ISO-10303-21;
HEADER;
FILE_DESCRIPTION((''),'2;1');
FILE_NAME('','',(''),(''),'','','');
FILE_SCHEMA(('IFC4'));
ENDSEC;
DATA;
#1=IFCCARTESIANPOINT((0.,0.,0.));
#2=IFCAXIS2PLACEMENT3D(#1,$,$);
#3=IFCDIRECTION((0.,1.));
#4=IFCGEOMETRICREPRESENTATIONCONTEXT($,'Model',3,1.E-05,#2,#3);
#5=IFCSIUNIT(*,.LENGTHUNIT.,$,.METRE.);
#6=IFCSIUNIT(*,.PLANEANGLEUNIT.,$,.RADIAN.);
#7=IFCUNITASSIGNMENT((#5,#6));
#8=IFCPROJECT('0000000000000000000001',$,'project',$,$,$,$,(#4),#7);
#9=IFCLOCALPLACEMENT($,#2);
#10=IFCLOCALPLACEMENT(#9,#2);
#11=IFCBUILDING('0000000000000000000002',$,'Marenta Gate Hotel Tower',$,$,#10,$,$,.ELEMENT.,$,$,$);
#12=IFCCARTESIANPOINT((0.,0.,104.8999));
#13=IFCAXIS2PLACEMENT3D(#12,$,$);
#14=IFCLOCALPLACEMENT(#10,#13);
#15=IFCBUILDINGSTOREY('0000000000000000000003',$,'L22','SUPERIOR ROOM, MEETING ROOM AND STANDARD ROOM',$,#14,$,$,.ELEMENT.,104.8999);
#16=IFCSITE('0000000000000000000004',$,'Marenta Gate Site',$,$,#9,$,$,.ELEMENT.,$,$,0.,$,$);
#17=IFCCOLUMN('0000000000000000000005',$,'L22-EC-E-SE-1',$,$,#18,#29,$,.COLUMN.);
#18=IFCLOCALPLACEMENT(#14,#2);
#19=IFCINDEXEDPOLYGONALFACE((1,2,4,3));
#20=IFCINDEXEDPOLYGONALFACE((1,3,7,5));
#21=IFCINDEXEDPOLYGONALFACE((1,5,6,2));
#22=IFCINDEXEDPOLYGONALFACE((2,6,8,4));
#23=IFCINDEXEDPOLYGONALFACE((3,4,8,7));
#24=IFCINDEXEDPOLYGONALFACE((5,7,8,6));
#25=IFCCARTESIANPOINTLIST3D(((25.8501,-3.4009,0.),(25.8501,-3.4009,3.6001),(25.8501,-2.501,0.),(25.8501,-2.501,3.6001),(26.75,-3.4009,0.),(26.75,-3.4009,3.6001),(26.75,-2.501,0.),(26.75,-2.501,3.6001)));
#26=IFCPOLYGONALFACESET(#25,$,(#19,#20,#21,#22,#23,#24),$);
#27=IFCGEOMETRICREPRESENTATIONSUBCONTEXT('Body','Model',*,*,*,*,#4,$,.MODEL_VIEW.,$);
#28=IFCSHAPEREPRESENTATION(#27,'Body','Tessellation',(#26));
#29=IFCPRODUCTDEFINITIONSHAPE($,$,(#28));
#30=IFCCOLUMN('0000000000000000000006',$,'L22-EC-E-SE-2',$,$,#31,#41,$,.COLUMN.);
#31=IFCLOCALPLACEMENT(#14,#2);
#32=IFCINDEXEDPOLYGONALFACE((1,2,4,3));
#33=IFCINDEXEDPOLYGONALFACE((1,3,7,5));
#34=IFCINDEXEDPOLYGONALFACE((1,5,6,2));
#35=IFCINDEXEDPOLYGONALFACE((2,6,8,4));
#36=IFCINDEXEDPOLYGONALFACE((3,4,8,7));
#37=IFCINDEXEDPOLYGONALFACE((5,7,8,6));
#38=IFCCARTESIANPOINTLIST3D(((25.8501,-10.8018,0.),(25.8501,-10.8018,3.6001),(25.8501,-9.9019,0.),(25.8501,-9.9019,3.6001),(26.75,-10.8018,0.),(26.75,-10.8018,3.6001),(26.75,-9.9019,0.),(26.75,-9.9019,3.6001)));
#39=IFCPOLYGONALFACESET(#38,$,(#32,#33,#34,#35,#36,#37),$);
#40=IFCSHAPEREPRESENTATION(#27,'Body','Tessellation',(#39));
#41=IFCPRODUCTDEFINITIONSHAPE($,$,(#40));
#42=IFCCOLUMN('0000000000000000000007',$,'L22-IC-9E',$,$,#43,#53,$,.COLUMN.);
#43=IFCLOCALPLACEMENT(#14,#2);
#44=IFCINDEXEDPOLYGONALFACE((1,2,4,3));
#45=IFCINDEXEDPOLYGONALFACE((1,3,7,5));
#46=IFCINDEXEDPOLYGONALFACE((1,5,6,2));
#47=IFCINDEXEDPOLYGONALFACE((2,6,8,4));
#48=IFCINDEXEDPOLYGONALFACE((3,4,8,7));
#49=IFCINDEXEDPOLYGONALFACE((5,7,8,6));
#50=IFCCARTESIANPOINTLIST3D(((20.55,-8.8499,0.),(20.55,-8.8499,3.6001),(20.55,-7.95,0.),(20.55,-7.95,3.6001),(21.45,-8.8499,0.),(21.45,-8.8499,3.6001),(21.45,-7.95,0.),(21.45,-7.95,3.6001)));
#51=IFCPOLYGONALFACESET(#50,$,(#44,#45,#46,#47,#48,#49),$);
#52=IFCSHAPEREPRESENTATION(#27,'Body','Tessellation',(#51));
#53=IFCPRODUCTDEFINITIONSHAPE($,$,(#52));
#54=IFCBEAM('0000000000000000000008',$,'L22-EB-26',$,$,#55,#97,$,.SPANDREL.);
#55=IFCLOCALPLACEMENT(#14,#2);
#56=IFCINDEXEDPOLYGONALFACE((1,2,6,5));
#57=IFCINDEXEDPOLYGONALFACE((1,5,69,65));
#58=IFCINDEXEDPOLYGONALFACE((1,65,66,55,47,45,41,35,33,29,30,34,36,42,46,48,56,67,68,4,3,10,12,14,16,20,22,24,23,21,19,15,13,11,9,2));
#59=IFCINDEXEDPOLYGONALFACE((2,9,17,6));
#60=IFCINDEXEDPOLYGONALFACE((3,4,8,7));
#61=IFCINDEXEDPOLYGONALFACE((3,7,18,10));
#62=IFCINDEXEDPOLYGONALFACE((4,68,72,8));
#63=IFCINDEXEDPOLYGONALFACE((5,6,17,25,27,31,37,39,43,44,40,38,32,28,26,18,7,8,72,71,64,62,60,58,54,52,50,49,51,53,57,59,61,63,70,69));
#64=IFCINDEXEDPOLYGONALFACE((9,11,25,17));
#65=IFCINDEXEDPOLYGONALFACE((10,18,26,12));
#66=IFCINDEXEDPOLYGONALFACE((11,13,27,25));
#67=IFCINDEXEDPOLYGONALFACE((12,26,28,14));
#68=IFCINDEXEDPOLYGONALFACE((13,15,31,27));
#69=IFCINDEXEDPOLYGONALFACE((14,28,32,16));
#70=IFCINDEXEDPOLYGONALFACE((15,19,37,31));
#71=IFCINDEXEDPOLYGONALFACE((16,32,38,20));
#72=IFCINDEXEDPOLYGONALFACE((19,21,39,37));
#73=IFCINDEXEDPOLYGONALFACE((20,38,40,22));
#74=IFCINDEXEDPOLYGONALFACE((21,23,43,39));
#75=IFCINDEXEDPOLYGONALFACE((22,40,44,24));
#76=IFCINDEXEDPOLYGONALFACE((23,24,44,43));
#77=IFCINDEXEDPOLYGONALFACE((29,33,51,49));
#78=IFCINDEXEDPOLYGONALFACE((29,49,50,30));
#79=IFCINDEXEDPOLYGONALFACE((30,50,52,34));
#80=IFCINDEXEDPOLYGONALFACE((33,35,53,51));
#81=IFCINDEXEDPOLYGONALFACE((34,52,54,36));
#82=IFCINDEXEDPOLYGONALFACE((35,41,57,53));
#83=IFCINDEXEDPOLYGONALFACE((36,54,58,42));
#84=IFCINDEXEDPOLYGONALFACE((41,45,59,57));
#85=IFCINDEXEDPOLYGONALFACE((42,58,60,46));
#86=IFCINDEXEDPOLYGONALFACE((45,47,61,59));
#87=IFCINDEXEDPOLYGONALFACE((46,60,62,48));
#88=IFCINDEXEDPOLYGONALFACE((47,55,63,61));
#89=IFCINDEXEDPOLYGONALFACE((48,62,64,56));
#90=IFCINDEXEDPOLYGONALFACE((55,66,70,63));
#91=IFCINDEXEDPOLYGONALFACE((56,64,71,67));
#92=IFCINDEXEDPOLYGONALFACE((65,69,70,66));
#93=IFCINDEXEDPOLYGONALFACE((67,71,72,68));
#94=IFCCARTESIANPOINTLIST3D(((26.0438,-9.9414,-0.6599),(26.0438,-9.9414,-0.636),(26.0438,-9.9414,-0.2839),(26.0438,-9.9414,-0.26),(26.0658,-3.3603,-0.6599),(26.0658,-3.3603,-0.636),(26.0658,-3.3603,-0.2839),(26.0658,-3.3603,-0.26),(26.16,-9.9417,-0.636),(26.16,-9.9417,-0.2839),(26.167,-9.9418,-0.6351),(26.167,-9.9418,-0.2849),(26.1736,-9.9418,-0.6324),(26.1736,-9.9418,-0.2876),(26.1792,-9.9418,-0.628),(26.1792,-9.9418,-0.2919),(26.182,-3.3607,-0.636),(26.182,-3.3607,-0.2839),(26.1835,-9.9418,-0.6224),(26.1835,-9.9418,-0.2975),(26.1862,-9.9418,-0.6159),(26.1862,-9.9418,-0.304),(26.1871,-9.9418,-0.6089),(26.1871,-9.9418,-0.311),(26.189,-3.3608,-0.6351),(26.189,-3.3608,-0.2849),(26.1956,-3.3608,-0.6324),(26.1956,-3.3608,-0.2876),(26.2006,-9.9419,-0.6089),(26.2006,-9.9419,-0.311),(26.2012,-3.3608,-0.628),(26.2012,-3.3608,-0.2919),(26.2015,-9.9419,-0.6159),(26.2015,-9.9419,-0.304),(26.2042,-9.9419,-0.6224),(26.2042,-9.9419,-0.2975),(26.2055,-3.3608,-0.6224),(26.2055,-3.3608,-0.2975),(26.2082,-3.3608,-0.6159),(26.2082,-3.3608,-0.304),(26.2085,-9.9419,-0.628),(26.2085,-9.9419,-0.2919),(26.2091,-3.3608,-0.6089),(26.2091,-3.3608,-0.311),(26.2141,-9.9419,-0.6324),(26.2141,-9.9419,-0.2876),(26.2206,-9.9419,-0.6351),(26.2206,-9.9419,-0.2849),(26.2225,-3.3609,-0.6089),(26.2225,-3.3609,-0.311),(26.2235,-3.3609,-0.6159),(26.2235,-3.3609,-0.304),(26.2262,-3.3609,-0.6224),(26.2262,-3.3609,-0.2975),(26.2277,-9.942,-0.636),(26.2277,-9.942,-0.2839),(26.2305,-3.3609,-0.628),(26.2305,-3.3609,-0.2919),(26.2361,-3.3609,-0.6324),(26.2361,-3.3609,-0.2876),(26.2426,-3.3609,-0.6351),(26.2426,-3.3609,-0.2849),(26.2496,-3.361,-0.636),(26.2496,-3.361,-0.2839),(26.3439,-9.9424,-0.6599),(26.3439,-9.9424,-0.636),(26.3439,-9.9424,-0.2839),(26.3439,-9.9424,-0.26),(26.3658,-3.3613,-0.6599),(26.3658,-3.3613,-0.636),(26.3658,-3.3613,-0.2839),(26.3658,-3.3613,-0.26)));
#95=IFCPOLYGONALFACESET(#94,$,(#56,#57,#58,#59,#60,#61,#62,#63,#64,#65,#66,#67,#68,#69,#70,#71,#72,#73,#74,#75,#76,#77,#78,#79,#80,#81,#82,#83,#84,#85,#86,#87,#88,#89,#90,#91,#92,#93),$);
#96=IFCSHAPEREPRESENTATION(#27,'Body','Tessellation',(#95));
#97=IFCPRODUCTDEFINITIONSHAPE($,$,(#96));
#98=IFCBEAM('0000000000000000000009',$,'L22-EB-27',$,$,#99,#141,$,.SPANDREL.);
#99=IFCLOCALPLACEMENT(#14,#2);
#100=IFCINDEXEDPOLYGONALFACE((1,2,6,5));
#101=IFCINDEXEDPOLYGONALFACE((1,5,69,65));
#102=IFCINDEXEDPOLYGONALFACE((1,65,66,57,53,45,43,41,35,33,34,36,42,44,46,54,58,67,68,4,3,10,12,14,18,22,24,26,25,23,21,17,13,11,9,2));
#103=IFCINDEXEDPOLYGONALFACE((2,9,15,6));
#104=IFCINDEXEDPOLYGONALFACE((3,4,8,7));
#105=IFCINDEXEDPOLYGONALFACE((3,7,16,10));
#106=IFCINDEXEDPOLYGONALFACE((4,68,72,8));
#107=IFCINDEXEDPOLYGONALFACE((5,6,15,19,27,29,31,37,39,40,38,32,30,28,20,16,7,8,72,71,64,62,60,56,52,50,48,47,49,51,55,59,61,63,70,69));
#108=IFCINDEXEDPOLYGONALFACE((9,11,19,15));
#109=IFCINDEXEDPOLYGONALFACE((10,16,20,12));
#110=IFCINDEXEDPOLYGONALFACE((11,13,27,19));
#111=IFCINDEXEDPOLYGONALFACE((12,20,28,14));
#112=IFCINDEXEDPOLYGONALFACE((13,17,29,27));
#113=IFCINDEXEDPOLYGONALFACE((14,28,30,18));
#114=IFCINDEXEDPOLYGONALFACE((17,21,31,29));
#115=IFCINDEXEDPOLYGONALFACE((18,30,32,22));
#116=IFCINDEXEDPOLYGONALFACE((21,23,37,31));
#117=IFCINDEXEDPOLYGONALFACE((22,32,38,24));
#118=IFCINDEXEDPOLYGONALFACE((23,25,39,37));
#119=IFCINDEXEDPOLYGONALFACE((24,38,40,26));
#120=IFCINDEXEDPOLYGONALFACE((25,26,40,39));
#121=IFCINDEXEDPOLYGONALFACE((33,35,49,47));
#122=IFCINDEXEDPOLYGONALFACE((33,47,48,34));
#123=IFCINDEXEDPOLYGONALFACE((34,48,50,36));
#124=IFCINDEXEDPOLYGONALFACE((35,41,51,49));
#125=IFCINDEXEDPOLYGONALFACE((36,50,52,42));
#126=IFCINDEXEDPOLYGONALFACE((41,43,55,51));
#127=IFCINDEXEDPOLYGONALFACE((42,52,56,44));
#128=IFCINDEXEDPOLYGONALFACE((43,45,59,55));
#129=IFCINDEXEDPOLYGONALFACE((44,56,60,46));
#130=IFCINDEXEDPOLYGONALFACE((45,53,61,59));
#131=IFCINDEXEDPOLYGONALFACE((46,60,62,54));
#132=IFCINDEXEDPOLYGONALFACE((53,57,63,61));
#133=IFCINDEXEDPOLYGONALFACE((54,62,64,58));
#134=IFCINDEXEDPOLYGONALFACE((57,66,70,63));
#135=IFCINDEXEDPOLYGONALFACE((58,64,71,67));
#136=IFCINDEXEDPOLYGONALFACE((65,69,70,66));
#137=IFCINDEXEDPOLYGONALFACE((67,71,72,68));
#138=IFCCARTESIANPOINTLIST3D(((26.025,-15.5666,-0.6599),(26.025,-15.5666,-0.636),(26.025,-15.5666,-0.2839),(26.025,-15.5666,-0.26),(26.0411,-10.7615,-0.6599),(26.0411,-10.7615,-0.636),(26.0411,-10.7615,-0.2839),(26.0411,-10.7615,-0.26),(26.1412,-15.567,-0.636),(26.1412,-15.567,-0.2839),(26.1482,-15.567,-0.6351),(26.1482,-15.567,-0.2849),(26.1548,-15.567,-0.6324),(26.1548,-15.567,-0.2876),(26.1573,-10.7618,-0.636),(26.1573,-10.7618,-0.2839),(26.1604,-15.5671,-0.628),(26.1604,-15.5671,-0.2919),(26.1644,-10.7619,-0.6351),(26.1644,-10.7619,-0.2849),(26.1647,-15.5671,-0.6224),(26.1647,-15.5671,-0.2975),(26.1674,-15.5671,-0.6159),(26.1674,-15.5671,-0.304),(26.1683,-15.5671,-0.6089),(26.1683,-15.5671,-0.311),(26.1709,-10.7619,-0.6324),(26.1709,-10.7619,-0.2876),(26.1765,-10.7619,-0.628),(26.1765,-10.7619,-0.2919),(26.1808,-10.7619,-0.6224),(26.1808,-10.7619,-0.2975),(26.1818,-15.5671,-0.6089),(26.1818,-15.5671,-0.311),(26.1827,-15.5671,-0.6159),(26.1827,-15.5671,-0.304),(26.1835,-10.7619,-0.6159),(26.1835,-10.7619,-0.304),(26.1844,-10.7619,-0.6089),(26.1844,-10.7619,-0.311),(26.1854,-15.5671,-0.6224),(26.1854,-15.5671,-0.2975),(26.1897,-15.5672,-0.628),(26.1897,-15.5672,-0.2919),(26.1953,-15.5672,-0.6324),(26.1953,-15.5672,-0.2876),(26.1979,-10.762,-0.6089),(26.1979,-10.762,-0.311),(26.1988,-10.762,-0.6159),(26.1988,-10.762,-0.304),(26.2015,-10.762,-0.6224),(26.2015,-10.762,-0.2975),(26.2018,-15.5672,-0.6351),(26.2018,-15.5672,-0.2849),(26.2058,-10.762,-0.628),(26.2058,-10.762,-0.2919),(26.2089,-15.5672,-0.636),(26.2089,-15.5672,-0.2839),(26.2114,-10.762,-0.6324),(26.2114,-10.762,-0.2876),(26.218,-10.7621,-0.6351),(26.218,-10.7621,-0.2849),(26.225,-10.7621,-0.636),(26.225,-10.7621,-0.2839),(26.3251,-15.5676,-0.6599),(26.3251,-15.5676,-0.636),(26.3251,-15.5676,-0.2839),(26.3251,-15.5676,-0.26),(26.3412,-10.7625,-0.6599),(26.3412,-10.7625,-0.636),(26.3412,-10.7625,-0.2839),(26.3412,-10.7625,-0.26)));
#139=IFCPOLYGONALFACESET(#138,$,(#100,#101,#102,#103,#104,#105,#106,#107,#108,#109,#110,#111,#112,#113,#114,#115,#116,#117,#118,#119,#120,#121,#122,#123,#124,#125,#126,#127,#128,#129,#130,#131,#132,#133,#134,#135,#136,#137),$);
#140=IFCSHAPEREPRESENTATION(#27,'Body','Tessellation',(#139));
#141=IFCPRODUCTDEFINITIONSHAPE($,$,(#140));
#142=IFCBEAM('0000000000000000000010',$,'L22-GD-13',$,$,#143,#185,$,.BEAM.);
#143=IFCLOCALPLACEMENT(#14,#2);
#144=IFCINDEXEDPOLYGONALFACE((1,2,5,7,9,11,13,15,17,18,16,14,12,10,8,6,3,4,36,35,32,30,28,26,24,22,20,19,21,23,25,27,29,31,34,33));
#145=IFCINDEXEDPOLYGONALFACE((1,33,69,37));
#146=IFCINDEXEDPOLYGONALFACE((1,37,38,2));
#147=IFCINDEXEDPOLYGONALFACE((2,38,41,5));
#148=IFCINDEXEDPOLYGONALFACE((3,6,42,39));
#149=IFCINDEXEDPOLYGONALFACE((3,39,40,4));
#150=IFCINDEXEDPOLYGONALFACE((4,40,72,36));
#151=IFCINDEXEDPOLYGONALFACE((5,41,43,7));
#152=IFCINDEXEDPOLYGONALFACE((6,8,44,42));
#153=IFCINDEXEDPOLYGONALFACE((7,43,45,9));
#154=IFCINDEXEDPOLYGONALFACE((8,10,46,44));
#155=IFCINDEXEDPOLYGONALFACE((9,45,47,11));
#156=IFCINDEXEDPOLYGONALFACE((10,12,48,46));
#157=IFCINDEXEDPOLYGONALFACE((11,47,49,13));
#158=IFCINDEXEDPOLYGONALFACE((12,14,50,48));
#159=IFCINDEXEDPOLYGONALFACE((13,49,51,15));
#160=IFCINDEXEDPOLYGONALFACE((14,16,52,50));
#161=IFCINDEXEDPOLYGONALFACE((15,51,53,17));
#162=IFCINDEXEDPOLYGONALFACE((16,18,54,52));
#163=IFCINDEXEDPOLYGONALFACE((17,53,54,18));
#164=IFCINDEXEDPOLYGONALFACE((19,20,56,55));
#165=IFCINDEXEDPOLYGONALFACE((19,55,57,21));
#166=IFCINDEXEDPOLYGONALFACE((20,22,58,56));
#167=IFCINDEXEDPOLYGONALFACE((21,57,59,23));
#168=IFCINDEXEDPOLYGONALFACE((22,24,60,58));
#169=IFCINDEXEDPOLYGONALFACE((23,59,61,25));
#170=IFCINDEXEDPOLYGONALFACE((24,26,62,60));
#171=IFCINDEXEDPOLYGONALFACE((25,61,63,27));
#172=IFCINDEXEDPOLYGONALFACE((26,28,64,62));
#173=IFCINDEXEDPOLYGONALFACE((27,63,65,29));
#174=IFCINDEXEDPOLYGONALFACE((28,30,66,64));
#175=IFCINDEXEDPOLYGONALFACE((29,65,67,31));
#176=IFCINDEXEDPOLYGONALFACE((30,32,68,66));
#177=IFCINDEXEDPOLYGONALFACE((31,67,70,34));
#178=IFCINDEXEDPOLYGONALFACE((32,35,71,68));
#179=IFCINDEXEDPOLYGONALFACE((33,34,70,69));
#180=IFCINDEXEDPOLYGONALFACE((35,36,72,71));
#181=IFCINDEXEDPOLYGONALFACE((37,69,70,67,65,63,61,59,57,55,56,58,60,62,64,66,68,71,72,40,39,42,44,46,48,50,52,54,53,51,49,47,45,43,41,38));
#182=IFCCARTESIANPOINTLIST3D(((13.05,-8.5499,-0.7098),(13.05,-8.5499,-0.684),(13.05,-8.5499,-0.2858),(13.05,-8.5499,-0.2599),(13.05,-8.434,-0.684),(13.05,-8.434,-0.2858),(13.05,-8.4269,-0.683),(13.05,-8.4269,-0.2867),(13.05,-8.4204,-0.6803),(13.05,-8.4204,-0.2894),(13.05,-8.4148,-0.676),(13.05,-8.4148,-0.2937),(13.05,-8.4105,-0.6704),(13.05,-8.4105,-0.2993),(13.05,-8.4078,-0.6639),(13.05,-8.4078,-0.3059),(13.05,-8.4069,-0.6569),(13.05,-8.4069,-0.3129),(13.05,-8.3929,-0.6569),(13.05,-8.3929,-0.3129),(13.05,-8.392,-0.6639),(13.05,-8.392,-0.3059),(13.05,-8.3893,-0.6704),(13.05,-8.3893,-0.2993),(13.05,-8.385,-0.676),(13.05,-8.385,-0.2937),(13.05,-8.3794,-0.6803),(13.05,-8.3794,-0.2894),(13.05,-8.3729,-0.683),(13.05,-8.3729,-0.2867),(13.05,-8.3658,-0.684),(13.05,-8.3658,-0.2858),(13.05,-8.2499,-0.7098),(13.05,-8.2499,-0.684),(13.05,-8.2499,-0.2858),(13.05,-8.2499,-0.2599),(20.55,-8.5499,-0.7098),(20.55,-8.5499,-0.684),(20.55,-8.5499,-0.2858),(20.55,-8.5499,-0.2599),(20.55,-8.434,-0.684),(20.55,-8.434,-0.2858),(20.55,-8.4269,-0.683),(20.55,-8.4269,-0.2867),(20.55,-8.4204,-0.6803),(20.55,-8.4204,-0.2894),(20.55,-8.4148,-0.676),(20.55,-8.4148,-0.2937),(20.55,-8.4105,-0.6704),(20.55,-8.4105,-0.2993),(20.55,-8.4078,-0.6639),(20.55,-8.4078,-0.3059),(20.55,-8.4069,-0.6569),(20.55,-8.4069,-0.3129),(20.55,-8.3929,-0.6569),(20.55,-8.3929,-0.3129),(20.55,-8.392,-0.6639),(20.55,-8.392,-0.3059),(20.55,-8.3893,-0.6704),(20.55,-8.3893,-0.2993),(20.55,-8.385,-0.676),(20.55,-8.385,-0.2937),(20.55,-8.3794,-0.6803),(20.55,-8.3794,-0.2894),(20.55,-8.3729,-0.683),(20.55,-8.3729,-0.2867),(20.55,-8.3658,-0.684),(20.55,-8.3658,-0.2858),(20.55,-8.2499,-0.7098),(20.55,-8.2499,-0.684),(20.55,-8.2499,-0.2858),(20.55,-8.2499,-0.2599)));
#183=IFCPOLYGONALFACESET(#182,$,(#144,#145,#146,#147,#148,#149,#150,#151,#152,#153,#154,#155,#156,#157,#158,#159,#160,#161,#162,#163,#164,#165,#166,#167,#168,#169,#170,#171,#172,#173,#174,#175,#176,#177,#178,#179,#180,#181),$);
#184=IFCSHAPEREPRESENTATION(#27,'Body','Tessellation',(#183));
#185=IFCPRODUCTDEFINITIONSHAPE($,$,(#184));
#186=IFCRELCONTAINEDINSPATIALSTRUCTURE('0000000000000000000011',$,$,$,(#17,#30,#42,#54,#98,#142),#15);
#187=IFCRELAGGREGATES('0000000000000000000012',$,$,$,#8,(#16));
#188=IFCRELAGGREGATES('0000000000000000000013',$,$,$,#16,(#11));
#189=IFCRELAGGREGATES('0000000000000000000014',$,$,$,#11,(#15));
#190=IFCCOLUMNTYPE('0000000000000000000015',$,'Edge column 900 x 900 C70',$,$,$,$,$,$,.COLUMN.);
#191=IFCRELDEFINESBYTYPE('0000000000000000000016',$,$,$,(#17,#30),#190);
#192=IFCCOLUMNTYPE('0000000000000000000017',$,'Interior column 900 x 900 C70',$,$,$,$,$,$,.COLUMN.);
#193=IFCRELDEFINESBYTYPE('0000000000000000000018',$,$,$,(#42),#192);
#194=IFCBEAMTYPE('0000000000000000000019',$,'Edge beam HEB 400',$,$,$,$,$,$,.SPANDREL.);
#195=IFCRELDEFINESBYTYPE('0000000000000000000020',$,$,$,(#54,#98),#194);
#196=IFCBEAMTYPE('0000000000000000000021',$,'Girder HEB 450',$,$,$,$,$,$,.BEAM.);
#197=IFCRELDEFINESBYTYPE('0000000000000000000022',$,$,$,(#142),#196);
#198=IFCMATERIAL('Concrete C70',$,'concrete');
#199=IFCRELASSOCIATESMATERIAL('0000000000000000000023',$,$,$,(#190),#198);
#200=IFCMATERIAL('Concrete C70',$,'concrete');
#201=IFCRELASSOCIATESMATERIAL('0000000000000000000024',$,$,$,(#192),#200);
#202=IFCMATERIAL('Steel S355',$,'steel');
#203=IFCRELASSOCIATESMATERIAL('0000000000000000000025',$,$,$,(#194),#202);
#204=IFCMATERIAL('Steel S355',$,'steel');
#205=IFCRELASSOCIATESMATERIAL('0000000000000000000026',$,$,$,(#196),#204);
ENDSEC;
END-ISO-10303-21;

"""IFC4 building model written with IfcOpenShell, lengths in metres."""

from ifc_helpers import new_model, si_unit, direction, frame, origin, origin_2d, place, context, subcontext, project, spatial, rectangle, i_section, extrude, material, material_profile, profile_set, type_object, element, save


model = new_model("IFC4")

# Units and contexts
model_context = context("Model", 3, precision=1e-05, world=origin(), true_north=direction((0.0, 1.0)))
body_context = subcontext(model_context, "Body", "Model", "MODEL_VIEW")
ifc_project = project(units=[si_unit("LENGTHUNIT", "METRE"), si_unit("PLANEANGLEUNIT", "RADIAN")], contexts=[model_context])

# Site, building, storey
site_placement = place(None, origin())
site = spatial("IfcSite", under=ifc_project, at=site_placement, Name="Marenta Gate Site", CompositionType="ELEMENT", RefElevation=0.0)
building_placement = place(site_placement, origin())
building = spatial("IfcBuilding", under=site, at=building_placement, Name="Marenta Gate Hotel Tower", CompositionType="ELEMENT")
storey_placement = place(building_placement, frame((0.0, 0.0, 104.8999)))
storey = spatial("IfcBuildingStorey", under=building, at=storey_placement, Name="L22", Description="SUPERIOR ROOM, MEETING ROOM AND STANDARD ROOM", CompositionType="ELEMENT", Elevation=104.8999)

# Columns
ifc_material_1 = material(Name="Concrete C70", Category="concrete")
ifc_material_profile_1 = material_profile(ifc_material_1, rectangle(XDim=0.8999, YDim=0.8999, at=origin_2d()), Name="900 x 900")
ifc_profile_set_1 = profile_set([ifc_material_profile_1], Name="Concrete C70")
column_type_1 = type_object("IfcColumnType", Name="Edge column 900 x 900 C70", PredefinedType="COLUMN", material=ifc_profile_set_1)
for number, where, z_axis, x_axis, name in (
    (1, (26.3, -2.9509, 0.0), (0.0, 0.0, 1.0), (1.0, 0.0, 0.0), "L22-EC-E-SE-1"),
    (2, (26.3, -10.3518, 0.0), (0.0, 0.0, 1.0), (1.0, 0.0, 0.0), "L22-EC-E-SE-2"),
):
    element("IfcColumn", number, at=place(storey_placement, frame(where, z_axis=z_axis, x_axis=x_axis)), inside=storey, type_object=column_type_1, Name=name, PredefinedType="COLUMN", context=body_context, shape_type="SweptSolid", body=[
        extrude(rectangle(XDim=0.8999, YDim=0.8999, at=origin_2d()), origin(), (0.0, 0.0, 1.0), 3.6001),
    ])
ifc_material_2 = material(Name="Concrete C70", Category="concrete")
ifc_material_profile_2 = material_profile(ifc_material_2, rectangle(XDim=0.8999, YDim=0.8999, at=origin_2d()), Name="900 x 900")
ifc_profile_set_2 = profile_set([ifc_material_profile_2], Name="Concrete C70")
column_type_2 = type_object("IfcColumnType", Name="Interior column 900 x 900 C70", PredefinedType="COLUMN", material=ifc_profile_set_2)
column_placement = place(storey_placement, frame((21.0, -8.3999, 0.0), z_axis=(0.0, 0.0, 1.0), x_axis=(1.0, 0.0, 0.0)))
element("IfcColumn", 3, at=column_placement, inside=storey, type_object=column_type_2, Name="L22-IC-9E", PredefinedType="COLUMN", context=body_context, shape_type="SweptSolid", body=[
    extrude(rectangle(XDim=0.8999, YDim=0.8999, at=origin_2d()), origin(), (0.0, 0.0, 1.0), 3.6001),
])

# Beams
ifc_material_3 = material(Name="Steel S355", Category="steel")
ifc_material_profile_3 = material_profile(ifc_material_3, i_section(OverallWidth=0.3, OverallDepth=0.3999, WebThickness=0.0134, FlangeThickness=0.0239, FilletRadius=0.0271, at=origin_2d()), Name="HEB 400")
ifc_profile_set_3 = profile_set([ifc_material_profile_3], Name="Steel S355")
beam_type_1 = type_object("IfcBeamType", Name="Edge beam HEB 400", PredefinedType="SPANDREL", material=ifc_profile_set_3)
beam_1_placement = place(storey_placement, frame((26.2158, -3.3608, -0.46), z_axis=(-0.003339, -0.999994, 0.0), x_axis=(0.999994, -0.003339, 0.0)))
element("IfcBeam", 4, at=beam_1_placement, inside=storey, type_object=beam_type_1, Name="L22-EB-26", PredefinedType="SPANDREL", context=body_context, shape_type="SweptSolid", body=[
    extrude(i_section(OverallWidth=0.3, OverallDepth=0.3999, WebThickness=0.0134, FlangeThickness=0.0239, FilletRadius=0.0271, at=origin_2d()), origin(), (0.0, 0.0, 1.0), 6.5811),
])
beam_2_placement = place(storey_placement, frame((26.1912, -10.762, -0.46), z_axis=(-0.003353, -0.999994, 0.0), x_axis=(0.999994, -0.003353, 0.0)))
element("IfcBeam", 5, at=beam_2_placement, inside=storey, type_object=beam_type_1, Name="L22-EB-27", PredefinedType="SPANDREL", context=body_context, shape_type="SweptSolid", body=[
    extrude(i_section(OverallWidth=0.3, OverallDepth=0.3999, WebThickness=0.0134, FlangeThickness=0.0239, FilletRadius=0.0271, at=origin_2d()), origin(), (0.0, 0.0, 1.0), 4.8052),
])
ifc_material_4 = material(Name="Steel S355", Category="steel")
ifc_material_profile_4 = material_profile(ifc_material_4, i_section(OverallWidth=0.3, OverallDepth=0.45, WebThickness=0.0139, FlangeThickness=0.0259, FilletRadius=0.0271, at=origin_2d()), Name="HEB 450")
ifc_profile_set_4 = profile_set([ifc_material_profile_4], Name="Steel S355")
beam_type_2 = type_object("IfcBeamType", Name="Girder HEB 450", PredefinedType="BEAM", material=ifc_profile_set_4)
beam_3_placement = place(storey_placement, frame((13.05, -8.3999, -0.4849), z_axis=(1.0, 0.0, 0.0), x_axis=(0.0, 1.0, 0.0)))
element("IfcBeam", 6, at=beam_3_placement, inside=storey, type_object=beam_type_2, Name="L22-GD-13", PredefinedType="BEAM", context=body_context, shape_type="SweptSolid", body=[
    extrude(i_section(OverallWidth=0.3, OverallDepth=0.45, WebThickness=0.0139, FlangeThickness=0.0259, FilletRadius=0.0271, at=origin_2d()), origin(), (0.0, 0.0, 1.0), 7.5),
])

save(model, "model.ifc")
